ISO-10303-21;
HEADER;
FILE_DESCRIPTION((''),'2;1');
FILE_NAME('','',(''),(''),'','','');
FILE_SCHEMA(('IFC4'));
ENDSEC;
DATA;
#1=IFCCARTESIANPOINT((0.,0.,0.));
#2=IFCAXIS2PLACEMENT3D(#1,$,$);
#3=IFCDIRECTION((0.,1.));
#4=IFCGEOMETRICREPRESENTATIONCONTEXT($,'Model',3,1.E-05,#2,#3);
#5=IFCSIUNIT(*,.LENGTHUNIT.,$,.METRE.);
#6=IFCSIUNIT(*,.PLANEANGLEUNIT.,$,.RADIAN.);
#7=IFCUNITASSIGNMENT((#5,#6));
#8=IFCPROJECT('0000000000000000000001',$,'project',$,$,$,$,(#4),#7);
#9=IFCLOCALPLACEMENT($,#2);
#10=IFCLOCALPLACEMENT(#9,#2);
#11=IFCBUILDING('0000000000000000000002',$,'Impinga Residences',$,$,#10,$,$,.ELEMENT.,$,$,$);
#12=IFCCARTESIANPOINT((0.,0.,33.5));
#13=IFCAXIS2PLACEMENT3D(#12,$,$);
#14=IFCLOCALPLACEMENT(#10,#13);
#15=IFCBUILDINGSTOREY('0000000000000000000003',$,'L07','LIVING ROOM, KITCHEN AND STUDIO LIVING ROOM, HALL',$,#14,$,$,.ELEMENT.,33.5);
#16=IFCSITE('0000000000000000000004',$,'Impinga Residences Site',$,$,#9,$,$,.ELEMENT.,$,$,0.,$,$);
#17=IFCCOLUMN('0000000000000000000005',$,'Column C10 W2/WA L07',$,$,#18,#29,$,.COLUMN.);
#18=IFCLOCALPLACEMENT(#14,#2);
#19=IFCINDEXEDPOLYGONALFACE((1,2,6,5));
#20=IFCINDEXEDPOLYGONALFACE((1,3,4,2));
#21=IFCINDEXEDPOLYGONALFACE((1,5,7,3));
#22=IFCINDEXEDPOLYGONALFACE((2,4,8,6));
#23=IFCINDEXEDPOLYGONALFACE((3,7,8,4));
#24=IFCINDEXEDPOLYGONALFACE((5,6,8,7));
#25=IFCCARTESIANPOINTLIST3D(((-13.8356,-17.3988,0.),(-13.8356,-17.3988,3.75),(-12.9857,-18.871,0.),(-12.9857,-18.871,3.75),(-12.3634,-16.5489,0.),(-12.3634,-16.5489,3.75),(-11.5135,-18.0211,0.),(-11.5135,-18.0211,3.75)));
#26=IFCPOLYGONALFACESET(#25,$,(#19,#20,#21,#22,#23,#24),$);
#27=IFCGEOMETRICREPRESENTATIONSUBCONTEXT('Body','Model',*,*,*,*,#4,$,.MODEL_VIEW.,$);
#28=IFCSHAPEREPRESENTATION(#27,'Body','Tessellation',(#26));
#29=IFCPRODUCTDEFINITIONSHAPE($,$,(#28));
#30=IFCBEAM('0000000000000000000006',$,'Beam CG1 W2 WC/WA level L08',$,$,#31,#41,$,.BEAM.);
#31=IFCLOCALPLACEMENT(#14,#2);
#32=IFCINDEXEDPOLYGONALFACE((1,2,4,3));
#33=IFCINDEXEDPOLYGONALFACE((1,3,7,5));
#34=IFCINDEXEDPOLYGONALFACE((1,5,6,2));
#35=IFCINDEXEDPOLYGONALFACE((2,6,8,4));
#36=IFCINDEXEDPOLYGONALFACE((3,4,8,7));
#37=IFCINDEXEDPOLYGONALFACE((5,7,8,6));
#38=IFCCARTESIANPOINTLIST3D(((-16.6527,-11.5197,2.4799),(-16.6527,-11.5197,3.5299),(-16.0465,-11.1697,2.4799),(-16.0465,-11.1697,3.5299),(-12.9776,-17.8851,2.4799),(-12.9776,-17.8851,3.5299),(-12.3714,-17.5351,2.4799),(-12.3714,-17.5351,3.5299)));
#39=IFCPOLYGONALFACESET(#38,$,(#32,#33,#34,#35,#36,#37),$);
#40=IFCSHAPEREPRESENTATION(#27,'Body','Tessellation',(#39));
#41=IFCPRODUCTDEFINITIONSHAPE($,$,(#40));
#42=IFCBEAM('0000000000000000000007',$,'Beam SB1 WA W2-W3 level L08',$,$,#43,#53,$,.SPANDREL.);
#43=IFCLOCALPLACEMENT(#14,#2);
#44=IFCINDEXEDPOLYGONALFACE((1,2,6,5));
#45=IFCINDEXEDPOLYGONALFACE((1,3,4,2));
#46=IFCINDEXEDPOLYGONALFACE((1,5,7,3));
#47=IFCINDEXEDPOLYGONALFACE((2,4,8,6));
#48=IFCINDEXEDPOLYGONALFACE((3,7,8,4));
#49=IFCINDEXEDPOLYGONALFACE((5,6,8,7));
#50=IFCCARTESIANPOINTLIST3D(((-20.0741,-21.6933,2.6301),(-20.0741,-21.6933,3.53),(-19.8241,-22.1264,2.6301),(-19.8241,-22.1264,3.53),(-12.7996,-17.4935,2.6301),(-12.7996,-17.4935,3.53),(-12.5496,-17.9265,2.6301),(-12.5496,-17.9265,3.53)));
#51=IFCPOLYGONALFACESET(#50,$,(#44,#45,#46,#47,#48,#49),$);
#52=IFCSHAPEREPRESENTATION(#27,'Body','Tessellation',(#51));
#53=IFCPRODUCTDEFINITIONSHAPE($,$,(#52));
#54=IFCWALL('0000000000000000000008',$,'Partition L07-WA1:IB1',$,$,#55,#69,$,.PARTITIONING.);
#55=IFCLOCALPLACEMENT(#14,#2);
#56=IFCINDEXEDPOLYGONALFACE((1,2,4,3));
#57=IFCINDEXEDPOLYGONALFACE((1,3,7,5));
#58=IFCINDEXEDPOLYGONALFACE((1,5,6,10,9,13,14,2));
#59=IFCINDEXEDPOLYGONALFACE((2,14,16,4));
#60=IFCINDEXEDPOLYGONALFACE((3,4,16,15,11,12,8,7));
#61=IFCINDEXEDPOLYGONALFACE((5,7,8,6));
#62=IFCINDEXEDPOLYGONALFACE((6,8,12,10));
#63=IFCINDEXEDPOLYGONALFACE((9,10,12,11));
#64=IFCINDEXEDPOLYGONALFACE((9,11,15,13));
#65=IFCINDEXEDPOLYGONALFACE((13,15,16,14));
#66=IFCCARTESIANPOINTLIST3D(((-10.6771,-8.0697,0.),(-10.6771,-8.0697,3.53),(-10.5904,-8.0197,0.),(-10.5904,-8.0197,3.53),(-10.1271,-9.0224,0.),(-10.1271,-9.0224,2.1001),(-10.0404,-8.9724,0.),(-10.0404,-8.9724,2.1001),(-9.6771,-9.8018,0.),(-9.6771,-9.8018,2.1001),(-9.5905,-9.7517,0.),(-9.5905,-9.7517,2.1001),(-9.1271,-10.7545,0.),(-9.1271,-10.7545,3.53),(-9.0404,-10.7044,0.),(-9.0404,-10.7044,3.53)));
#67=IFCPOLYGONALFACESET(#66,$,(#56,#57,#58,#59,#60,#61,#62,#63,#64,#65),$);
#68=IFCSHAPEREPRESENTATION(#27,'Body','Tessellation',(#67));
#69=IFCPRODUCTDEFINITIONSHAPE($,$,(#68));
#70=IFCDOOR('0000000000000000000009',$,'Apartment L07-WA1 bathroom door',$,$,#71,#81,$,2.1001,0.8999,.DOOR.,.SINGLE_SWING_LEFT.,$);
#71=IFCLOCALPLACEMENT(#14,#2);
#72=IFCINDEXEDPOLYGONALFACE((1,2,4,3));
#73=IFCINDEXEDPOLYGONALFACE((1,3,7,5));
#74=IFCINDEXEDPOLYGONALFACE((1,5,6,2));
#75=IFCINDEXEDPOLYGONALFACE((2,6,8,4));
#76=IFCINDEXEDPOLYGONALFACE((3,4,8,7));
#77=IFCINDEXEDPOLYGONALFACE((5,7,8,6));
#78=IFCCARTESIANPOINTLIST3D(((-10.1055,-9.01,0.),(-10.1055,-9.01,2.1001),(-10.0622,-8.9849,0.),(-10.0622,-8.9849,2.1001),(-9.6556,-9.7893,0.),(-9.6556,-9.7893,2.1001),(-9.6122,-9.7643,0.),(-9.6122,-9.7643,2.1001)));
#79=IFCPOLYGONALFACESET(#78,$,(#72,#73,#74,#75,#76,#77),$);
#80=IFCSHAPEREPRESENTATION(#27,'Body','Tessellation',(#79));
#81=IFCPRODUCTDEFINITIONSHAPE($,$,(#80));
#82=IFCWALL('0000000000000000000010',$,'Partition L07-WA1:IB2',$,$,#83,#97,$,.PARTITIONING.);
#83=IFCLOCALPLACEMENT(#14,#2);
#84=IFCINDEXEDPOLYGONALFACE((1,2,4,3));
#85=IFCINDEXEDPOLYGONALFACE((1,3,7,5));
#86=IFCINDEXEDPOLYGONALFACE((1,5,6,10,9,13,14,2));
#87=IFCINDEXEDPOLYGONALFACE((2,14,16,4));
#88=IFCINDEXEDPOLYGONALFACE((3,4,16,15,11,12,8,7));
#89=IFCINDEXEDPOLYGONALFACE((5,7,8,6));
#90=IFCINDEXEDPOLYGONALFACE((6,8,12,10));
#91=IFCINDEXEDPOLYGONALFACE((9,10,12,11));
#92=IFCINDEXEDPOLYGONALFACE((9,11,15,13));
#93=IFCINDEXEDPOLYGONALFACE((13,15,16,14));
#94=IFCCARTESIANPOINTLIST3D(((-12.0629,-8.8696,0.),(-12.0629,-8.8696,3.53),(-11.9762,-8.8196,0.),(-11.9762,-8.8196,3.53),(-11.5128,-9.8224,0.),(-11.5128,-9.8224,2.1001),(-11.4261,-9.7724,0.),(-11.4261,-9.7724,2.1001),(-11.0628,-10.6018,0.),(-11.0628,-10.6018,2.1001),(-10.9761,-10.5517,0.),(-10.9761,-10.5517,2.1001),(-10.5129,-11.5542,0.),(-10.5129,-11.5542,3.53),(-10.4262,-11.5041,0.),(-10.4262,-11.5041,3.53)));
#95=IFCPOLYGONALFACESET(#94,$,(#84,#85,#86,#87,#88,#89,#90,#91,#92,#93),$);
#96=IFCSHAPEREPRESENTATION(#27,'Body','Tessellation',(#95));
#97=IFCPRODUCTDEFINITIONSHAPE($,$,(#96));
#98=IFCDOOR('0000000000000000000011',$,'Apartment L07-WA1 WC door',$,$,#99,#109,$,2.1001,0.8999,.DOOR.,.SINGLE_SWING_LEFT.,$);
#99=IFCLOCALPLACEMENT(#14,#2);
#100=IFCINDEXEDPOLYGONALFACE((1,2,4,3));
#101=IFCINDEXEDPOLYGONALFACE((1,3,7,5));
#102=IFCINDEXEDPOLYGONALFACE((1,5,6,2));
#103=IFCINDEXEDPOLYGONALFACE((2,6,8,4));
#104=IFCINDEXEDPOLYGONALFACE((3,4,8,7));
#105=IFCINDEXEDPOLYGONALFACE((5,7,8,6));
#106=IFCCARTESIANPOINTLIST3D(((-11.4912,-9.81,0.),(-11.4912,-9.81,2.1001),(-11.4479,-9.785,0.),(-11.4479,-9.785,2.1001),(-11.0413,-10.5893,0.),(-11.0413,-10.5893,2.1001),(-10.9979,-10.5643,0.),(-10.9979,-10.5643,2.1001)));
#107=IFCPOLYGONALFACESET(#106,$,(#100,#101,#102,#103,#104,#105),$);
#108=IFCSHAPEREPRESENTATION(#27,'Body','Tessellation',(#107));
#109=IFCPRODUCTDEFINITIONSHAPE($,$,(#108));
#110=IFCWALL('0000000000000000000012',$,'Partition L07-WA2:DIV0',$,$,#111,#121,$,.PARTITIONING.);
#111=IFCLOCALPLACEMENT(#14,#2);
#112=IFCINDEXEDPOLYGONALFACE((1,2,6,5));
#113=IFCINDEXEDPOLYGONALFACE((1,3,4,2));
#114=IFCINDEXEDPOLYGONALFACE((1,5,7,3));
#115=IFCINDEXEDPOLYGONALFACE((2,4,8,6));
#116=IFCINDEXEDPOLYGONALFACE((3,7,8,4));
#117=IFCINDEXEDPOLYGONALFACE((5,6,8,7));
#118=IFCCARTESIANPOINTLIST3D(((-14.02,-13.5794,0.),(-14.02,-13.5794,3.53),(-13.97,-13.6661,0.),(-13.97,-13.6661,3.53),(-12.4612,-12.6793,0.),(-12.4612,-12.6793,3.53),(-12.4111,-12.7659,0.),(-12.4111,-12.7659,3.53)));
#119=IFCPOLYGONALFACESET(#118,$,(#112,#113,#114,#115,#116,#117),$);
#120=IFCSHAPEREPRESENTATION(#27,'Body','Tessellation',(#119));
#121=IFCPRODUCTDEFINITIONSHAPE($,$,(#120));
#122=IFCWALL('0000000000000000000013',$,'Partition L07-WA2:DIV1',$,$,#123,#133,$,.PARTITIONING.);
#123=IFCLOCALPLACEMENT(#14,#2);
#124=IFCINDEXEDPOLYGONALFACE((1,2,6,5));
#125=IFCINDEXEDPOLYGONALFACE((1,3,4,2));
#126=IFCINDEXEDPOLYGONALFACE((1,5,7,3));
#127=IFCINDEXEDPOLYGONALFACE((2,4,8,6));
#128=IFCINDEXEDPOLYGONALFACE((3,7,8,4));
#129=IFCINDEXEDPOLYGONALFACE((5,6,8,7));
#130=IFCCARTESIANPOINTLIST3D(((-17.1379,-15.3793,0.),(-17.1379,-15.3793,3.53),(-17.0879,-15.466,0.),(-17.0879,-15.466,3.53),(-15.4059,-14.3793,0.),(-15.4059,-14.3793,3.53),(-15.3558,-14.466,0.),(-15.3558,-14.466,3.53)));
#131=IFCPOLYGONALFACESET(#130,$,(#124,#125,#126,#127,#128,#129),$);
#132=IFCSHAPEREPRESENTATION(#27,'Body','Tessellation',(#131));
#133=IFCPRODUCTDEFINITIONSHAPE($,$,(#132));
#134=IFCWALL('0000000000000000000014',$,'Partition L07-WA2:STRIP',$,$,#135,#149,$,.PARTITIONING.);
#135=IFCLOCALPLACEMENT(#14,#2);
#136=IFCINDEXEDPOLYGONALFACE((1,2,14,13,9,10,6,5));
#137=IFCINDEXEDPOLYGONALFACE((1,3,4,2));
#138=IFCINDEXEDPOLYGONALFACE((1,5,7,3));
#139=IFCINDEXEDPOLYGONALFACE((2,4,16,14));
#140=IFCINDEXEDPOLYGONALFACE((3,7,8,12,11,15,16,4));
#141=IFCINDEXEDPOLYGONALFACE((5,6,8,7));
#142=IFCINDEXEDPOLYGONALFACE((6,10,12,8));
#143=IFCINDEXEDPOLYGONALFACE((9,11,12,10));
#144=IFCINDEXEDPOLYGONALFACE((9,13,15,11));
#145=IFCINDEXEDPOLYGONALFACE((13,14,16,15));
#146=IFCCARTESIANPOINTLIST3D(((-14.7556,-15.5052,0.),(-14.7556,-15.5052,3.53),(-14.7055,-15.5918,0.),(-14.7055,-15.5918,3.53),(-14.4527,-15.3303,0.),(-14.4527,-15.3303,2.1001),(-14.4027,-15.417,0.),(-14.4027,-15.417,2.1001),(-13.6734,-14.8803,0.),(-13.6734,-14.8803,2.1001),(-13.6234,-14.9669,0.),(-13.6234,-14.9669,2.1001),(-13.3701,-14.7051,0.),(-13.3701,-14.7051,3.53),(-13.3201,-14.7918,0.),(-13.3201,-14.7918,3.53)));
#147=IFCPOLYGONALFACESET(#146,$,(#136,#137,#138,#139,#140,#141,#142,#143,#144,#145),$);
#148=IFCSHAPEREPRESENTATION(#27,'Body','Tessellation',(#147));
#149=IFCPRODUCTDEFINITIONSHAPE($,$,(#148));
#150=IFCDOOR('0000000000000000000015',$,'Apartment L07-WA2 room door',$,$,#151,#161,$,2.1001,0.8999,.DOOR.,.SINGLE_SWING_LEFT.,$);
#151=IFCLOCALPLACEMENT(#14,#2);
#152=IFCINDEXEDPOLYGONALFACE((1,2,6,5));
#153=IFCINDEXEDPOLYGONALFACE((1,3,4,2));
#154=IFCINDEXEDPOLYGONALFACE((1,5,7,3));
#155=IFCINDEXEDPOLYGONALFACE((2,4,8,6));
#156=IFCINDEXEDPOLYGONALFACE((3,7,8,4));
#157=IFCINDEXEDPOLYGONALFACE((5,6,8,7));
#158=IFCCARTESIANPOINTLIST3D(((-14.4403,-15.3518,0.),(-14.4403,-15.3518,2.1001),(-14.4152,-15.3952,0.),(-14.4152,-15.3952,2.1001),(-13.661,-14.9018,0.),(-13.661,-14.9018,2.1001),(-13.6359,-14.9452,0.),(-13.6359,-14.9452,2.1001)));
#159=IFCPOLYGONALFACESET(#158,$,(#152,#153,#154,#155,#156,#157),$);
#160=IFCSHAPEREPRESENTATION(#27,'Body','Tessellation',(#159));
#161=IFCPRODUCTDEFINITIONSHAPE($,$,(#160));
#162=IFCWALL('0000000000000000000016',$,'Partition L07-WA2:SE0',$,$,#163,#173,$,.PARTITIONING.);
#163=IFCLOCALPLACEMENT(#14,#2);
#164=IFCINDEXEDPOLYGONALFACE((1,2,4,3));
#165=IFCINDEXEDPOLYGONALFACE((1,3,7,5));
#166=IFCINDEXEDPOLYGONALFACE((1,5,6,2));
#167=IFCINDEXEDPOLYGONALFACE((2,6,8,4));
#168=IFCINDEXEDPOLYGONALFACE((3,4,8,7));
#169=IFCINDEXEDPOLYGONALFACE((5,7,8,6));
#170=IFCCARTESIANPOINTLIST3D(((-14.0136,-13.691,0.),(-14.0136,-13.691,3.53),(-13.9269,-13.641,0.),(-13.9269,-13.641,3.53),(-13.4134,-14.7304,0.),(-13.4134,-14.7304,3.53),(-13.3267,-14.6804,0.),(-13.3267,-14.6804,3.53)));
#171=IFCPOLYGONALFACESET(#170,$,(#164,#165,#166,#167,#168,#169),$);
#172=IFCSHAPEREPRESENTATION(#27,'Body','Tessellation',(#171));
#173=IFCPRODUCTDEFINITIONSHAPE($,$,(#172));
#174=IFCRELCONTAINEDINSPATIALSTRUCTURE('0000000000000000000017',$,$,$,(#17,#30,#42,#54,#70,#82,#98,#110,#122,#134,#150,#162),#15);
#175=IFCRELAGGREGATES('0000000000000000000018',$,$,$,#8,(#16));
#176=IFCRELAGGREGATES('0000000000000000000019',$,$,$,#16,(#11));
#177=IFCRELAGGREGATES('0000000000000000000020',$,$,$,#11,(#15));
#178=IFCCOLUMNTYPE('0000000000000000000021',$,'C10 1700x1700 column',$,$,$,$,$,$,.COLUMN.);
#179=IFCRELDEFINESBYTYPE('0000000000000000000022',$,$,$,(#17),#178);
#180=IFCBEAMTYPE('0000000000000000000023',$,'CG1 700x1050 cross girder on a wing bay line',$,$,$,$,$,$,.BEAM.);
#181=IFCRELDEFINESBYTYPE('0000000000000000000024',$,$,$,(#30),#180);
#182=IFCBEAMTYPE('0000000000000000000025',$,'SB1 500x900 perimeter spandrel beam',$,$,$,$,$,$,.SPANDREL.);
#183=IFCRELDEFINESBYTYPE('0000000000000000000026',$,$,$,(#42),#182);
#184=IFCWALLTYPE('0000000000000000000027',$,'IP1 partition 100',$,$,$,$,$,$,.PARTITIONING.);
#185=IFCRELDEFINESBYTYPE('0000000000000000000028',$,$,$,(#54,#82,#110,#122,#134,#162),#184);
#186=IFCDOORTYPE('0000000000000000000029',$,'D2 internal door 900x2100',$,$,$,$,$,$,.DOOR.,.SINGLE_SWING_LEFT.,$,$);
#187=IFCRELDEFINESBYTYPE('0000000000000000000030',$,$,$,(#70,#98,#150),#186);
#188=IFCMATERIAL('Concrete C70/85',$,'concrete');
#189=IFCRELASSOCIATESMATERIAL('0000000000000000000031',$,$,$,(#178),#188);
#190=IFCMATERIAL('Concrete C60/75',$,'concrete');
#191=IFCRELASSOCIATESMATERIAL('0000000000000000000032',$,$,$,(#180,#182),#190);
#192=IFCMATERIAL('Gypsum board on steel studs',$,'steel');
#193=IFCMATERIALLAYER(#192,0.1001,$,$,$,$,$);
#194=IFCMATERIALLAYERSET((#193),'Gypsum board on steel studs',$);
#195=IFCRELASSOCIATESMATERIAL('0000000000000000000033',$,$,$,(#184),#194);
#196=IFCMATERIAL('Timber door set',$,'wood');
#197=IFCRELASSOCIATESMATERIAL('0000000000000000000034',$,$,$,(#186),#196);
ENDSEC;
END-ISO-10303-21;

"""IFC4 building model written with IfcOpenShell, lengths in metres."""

from ifc_helpers import new_model, si_unit, direction, frame, frame_2d, origin, origin_2d, place, context, subcontext, project, spatial, rectangle, extrude, material, layer, layer_set, material_profile, profile_set, type_object, element, fill, save


model = new_model("IFC4")

# Units and contexts
model_context = context("Model", 3, precision=1e-05, world=origin(), true_north=direction((0.0, 1.0)))
body_context = subcontext(model_context, "Body", "Model", "MODEL_VIEW")
ifc_project = project(units=[si_unit("LENGTHUNIT", "METRE"), si_unit("PLANEANGLEUNIT", "RADIAN")], contexts=[model_context])

# Site, building, storey
site_placement = place(None, origin())
site = spatial("IfcSite", under=ifc_project, at=site_placement, Name="Impinga Residences Site", CompositionType="ELEMENT", RefElevation=0.0)
building_placement = place(site_placement, origin())
building = spatial("IfcBuilding", under=site, at=building_placement, Name="Impinga Residences", CompositionType="ELEMENT")
storey_placement = place(building_placement, frame((0.0, 0.0, 33.5)))
storey = spatial("IfcBuildingStorey", under=building, at=storey_placement, Name="L07", Description="LIVING ROOM, KITCHEN AND STUDIO LIVING ROOM, HALL", CompositionType="ELEMENT", Elevation=33.5)

# Column
ifc_material_1 = material(Name="Concrete C70/85", Category="concrete")
ifc_material_profile_1 = material_profile(ifc_material_1, rectangle(XDim=1.7, YDim=1.7, at=origin_2d()), Name="RC 1700x1700")
ifc_profile_set_1 = profile_set([ifc_material_profile_1], Name="Concrete C70/85")
column_type = type_object("IfcColumnType", Name="C10 1700x1700 column", PredefinedType="COLUMN", material=ifc_profile_set_1)
column_placement = place(storey_placement, frame((-12.6746, -17.71, 0.0), z_axis=(0.0, 0.0, 1.0), x_axis=(-0.5, 0.866025, 0.0)))
element("IfcColumn", 1, at=column_placement, inside=storey, type_object=column_type, Name="Column C10 W2/WA L07", PredefinedType="COLUMN", context=body_context, shape_type="SweptSolid", body=[
    extrude(rectangle(XDim=1.7, YDim=1.7, at=origin_2d()), origin(), (0.0, 0.0, 1.0), 3.75),
])

# Beams
ifc_material_2 = material(Name="Concrete C60/75", Category="concrete")
ifc_material_profile_2 = material_profile(ifc_material_2, rectangle(XDim=0.7, YDim=1.05, at=origin_2d()), Name="RC 700x1050")
ifc_profile_set_2 = profile_set([ifc_material_profile_2], Name="Concrete C60/75")
beam_type_1 = type_object("IfcBeamType", Name="CG1 700x1050 cross girder on a wing bay line", PredefinedType="BEAM", material=ifc_profile_set_2)
beam_1_placement = place(storey_placement, frame((-16.3496, -11.3447, 3.0049), z_axis=(0.500008, -0.866021, 0.0), x_axis=(0.866021, 0.500008, 0.0)))
element("IfcBeam", 2, at=beam_1_placement, inside=storey, type_object=beam_type_1, Name="Beam CG1 W2 WC/WA level L08", PredefinedType="BEAM", context=body_context, shape_type="SweptSolid", body=[
    extrude(rectangle(XDim=0.7, YDim=1.05, at=origin_2d()), origin(), (0.0, 0.0, 1.0), 7.3501),
])
ifc_material_profile_3 = material_profile(ifc_material_2, rectangle(XDim=0.5, YDim=0.8999, at=origin_2d()), Name="RC 500x900")
ifc_profile_set_3 = profile_set([ifc_material_profile_3], Name="Concrete C60/75")
beam_type_2 = type_object("IfcBeamType", Name="SB1 500x900 perimeter spandrel beam", PredefinedType="SPANDREL", material=ifc_profile_set_3)
beam_2_placement = place(storey_placement, frame((-12.6746, -17.71, 3.0801), z_axis=(-0.866029, -0.499993, 0.0), x_axis=(0.499993, -0.866029, 0.0)))
element("IfcBeam", 3, at=beam_2_placement, inside=storey, type_object=beam_type_2, Name="Beam SB1 WA W2-W3 level L08", PredefinedType="SPANDREL", context=body_context, shape_type="SweptSolid", body=[
    extrude(rectangle(XDim=0.5, YDim=0.8999, at=origin_2d()), origin(), (0.0, 0.0, 1.0), 8.3999),
])

# Walls, openings, doors
ifc_material_3 = material(Name="Gypsum board on steel studs", Category="steel")
ifc_layer_1 = layer(ifc_material_3, 0.1001)
ifc_layer_set_1 = layer_set([ifc_layer_1], Name="Gypsum board on steel studs")
wall_type_1 = type_object("IfcWallType", Name="IP1 partition 100", PredefinedType="PARTITIONING", material=ifc_layer_set_1)
wall_1_placement = place(storey_placement, frame((-10.6338, -8.0447, 0.0), z_axis=(0.0, 0.0, 1.0), x_axis=(0.499993, -0.86603, 0.0)))
wall_1 = element("IfcWall", 4, at=wall_1_placement, inside=storey, type_object=wall_type_1, Name="Partition L07-WA1:IB1", PredefinedType="PARTITIONING", context=body_context, shape_type="SweptSolid", body=[
    extrude(rectangle(XDim=3.1001, YDim=0.1001, at=frame_2d((1.55, 0.0))), origin(), (0.0, 0.0, 1.0), 3.53),
])
opening_1_placement = place(wall_1_placement, frame((1.1001, 0.0, 0.0)))
opening_1 = element("IfcOpeningElement", 5, at=opening_1_placement, cuts=wall_1, PredefinedType="OPENING", context=body_context, shape_type="SweptSolid", body=[
    extrude(rectangle(XDim=0.8999, YDim=2.1001, at=frame_2d((0.45, 1.05))), frame((0.0, 0.0601, 0.0), z_axis=(0.0, -1.0, 0.0), x_axis=(1.0, 0.0, 0.0)), (0.0, 0.0, 1.0), 0.1201),
])
ifc_material_4 = material(Name="Timber door set", Category="wood")
door_type = type_object("IfcDoorType", Name="D2 internal door 900x2100", OperationType="SINGLE_SWING_LEFT", PredefinedType="DOOR", material=ifc_material_4)
door_1_placement = place(opening_1_placement, origin())
door_1 = element("IfcDoor", 6, at=door_1_placement, inside=storey, type_object=door_type, Name="Apartment L07-WA1 bathroom door", OperationType="SINGLE_SWING_LEFT", OverallHeight=2.1001, OverallWidth=0.8999, PredefinedType="DOOR", context=body_context, shape_type="SweptSolid", body=[
    extrude(rectangle(XDim=0.8999, YDim=2.1001, at=frame_2d((0.45, 1.05))), frame((0.0, 0.0249, 0.0), z_axis=(0.0, -1.0, 0.0), x_axis=(1.0, 0.0, 0.0)), (0.0, 0.0, 1.0), 0.05),
])
fill(opening_1, door_1)
wall_2_placement = place(storey_placement, frame((-12.0195, -8.8447, 0.0), z_axis=(0.0, 0.0, 1.0), x_axis=(0.500027, -0.86601, 0.0)))
wall_2 = element("IfcWall", 7, at=wall_2_placement, inside=storey, type_object=wall_type_1, Name="Partition L07-WA1:IB2", PredefinedType="PARTITIONING", context=body_context, shape_type="SweptSolid", body=[
    extrude(rectangle(XDim=3.0999, YDim=0.1001, at=frame_2d((1.5498, 0.0))), origin(), (0.0, 0.0, 1.0), 3.53),
])
opening_2_placement = place(wall_2_placement, frame((1.1001, 0.0, 0.0)))
opening_2 = element("IfcOpeningElement", 8, at=opening_2_placement, cuts=wall_2, PredefinedType="OPENING", context=body_context, shape_type="SweptSolid", body=[
    extrude(rectangle(XDim=0.8999, YDim=2.1001, at=frame_2d((0.45, 1.05))), frame((0.0, 0.0601, 0.0), z_axis=(0.0, -1.0, 0.0), x_axis=(1.0, 0.0, 0.0)), (0.0, 0.0, 1.0), 0.1201),
])
door_2_placement = place(opening_2_placement, origin())
door_2 = element("IfcDoor", 9, at=door_2_placement, inside=storey, type_object=door_type, Name="Apartment L07-WA1 WC door", OperationType="SINGLE_SWING_LEFT", OverallHeight=2.1001, OverallWidth=0.8999, PredefinedType="DOOR", context=body_context, shape_type="SweptSolid", body=[
    extrude(rectangle(XDim=0.8999, YDim=2.1001, at=frame_2d((0.45, 1.05))), frame((0.0, 0.0249, 0.0), z_axis=(0.0, -1.0, 0.0), x_axis=(1.0, 0.0, 0.0)), (0.0, 0.0, 1.0), 0.05),
])
fill(opening_2, door_2)

# Walls
wall_3_placement = place(storey_placement, frame((-12.4363, -12.7227, 0.0), z_axis=(0.0, 0.0, 1.0), x_axis=(-0.865989, -0.500063, 0.0)))
element("IfcWall", 10, at=wall_3_placement, inside=storey, type_object=wall_type_1, Name="Partition L07-WA2:DIV0", PredefinedType="PARTITIONING", context=body_context, shape_type="SweptSolid", body=[
    extrude(rectangle(XDim=1.8, YDim=0.1001, at=frame_2d((0.8999, 0.0))), origin(), (0.0, 0.0, 1.0), 3.53),
])
wall_4_placement = place(storey_placement, frame((-15.3809, -14.4226, 0.0), z_axis=(0.0, 0.0, 1.0), x_axis=(-0.866011, -0.500025, 0.0)))
element("IfcWall", 11, at=wall_4_placement, inside=storey, type_object=wall_type_1, Name="Partition L07-WA2:DIV1", PredefinedType="PARTITIONING", context=body_context, shape_type="SweptSolid", body=[
    extrude(rectangle(XDim=2.0, YDim=0.1001, at=frame_2d((1.0, 0.0))), origin(), (0.0, 0.0, 1.0), 3.53),
])

# Wall, opening, door
wall_5_placement = place(storey_placement, frame((-13.3452, -14.7485, 0.0), z_axis=(0.0, 0.0, 1.0), x_axis=(-0.86599, -0.500061, 0.0)))
wall_5 = element("IfcWall", 12, at=wall_5_placement, inside=storey, type_object=wall_type_1, Name="Partition L07-WA2:STRIP", PredefinedType="PARTITIONING", context=body_context, shape_type="SweptSolid", body=[
    extrude(rectangle(XDim=1.5999, YDim=0.1001, at=frame_2d((0.7998, 0.0))), origin(), (0.0, 0.0, 1.0), 3.53),
])
opening_3_placement = place(wall_5_placement, frame((0.3501, 0.0, 0.0)))
opening_3 = element("IfcOpeningElement", 13, at=opening_3_placement, cuts=wall_5, PredefinedType="OPENING", context=body_context, shape_type="SweptSolid", body=[
    extrude(rectangle(XDim=0.8999, YDim=2.1001, at=frame_2d((0.45, 1.05))), frame((0.0, 0.0601, 0.0), z_axis=(0.0, -1.0, 0.0), x_axis=(1.0, 0.0, 0.0)), (0.0, 0.0, 1.0), 0.1201),
])
door_3_placement = place(opening_3_placement, origin())
door_3 = element("IfcDoor", 14, at=door_3_placement, inside=storey, type_object=door_type, Name="Apartment L07-WA2 room door", OperationType="SINGLE_SWING_LEFT", OverallHeight=2.1001, OverallWidth=0.8999, PredefinedType="DOOR", context=body_context, shape_type="SweptSolid", body=[
    extrude(rectangle(XDim=0.8999, YDim=2.1001, at=frame_2d((0.45, 1.05))), frame((0.0, 0.0249, 0.0), z_axis=(0.0, -1.0, 0.0), x_axis=(1.0, 0.0, 0.0)), (0.0, 0.0, 1.0), 0.05),
])
fill(opening_3, door_3)

# Wall
wall_6_placement = place(storey_placement, frame((-13.9702, -13.666, 0.0), z_axis=(0.0, 0.0, 1.0), x_axis=(0.500034, -0.866006, 0.0)))
element("IfcWall", 15, at=wall_6_placement, inside=storey, type_object=wall_type_1, Name="Partition L07-WA2:SE0", PredefinedType="PARTITIONING", context=body_context, shape_type="SweptSolid", body=[
    extrude(rectangle(XDim=1.2002, YDim=0.1001, at=frame_2d((0.6001, 0.0))), origin(), (0.0, 0.0, 1.0), 3.53),
])

save(model, "model.ifc")
